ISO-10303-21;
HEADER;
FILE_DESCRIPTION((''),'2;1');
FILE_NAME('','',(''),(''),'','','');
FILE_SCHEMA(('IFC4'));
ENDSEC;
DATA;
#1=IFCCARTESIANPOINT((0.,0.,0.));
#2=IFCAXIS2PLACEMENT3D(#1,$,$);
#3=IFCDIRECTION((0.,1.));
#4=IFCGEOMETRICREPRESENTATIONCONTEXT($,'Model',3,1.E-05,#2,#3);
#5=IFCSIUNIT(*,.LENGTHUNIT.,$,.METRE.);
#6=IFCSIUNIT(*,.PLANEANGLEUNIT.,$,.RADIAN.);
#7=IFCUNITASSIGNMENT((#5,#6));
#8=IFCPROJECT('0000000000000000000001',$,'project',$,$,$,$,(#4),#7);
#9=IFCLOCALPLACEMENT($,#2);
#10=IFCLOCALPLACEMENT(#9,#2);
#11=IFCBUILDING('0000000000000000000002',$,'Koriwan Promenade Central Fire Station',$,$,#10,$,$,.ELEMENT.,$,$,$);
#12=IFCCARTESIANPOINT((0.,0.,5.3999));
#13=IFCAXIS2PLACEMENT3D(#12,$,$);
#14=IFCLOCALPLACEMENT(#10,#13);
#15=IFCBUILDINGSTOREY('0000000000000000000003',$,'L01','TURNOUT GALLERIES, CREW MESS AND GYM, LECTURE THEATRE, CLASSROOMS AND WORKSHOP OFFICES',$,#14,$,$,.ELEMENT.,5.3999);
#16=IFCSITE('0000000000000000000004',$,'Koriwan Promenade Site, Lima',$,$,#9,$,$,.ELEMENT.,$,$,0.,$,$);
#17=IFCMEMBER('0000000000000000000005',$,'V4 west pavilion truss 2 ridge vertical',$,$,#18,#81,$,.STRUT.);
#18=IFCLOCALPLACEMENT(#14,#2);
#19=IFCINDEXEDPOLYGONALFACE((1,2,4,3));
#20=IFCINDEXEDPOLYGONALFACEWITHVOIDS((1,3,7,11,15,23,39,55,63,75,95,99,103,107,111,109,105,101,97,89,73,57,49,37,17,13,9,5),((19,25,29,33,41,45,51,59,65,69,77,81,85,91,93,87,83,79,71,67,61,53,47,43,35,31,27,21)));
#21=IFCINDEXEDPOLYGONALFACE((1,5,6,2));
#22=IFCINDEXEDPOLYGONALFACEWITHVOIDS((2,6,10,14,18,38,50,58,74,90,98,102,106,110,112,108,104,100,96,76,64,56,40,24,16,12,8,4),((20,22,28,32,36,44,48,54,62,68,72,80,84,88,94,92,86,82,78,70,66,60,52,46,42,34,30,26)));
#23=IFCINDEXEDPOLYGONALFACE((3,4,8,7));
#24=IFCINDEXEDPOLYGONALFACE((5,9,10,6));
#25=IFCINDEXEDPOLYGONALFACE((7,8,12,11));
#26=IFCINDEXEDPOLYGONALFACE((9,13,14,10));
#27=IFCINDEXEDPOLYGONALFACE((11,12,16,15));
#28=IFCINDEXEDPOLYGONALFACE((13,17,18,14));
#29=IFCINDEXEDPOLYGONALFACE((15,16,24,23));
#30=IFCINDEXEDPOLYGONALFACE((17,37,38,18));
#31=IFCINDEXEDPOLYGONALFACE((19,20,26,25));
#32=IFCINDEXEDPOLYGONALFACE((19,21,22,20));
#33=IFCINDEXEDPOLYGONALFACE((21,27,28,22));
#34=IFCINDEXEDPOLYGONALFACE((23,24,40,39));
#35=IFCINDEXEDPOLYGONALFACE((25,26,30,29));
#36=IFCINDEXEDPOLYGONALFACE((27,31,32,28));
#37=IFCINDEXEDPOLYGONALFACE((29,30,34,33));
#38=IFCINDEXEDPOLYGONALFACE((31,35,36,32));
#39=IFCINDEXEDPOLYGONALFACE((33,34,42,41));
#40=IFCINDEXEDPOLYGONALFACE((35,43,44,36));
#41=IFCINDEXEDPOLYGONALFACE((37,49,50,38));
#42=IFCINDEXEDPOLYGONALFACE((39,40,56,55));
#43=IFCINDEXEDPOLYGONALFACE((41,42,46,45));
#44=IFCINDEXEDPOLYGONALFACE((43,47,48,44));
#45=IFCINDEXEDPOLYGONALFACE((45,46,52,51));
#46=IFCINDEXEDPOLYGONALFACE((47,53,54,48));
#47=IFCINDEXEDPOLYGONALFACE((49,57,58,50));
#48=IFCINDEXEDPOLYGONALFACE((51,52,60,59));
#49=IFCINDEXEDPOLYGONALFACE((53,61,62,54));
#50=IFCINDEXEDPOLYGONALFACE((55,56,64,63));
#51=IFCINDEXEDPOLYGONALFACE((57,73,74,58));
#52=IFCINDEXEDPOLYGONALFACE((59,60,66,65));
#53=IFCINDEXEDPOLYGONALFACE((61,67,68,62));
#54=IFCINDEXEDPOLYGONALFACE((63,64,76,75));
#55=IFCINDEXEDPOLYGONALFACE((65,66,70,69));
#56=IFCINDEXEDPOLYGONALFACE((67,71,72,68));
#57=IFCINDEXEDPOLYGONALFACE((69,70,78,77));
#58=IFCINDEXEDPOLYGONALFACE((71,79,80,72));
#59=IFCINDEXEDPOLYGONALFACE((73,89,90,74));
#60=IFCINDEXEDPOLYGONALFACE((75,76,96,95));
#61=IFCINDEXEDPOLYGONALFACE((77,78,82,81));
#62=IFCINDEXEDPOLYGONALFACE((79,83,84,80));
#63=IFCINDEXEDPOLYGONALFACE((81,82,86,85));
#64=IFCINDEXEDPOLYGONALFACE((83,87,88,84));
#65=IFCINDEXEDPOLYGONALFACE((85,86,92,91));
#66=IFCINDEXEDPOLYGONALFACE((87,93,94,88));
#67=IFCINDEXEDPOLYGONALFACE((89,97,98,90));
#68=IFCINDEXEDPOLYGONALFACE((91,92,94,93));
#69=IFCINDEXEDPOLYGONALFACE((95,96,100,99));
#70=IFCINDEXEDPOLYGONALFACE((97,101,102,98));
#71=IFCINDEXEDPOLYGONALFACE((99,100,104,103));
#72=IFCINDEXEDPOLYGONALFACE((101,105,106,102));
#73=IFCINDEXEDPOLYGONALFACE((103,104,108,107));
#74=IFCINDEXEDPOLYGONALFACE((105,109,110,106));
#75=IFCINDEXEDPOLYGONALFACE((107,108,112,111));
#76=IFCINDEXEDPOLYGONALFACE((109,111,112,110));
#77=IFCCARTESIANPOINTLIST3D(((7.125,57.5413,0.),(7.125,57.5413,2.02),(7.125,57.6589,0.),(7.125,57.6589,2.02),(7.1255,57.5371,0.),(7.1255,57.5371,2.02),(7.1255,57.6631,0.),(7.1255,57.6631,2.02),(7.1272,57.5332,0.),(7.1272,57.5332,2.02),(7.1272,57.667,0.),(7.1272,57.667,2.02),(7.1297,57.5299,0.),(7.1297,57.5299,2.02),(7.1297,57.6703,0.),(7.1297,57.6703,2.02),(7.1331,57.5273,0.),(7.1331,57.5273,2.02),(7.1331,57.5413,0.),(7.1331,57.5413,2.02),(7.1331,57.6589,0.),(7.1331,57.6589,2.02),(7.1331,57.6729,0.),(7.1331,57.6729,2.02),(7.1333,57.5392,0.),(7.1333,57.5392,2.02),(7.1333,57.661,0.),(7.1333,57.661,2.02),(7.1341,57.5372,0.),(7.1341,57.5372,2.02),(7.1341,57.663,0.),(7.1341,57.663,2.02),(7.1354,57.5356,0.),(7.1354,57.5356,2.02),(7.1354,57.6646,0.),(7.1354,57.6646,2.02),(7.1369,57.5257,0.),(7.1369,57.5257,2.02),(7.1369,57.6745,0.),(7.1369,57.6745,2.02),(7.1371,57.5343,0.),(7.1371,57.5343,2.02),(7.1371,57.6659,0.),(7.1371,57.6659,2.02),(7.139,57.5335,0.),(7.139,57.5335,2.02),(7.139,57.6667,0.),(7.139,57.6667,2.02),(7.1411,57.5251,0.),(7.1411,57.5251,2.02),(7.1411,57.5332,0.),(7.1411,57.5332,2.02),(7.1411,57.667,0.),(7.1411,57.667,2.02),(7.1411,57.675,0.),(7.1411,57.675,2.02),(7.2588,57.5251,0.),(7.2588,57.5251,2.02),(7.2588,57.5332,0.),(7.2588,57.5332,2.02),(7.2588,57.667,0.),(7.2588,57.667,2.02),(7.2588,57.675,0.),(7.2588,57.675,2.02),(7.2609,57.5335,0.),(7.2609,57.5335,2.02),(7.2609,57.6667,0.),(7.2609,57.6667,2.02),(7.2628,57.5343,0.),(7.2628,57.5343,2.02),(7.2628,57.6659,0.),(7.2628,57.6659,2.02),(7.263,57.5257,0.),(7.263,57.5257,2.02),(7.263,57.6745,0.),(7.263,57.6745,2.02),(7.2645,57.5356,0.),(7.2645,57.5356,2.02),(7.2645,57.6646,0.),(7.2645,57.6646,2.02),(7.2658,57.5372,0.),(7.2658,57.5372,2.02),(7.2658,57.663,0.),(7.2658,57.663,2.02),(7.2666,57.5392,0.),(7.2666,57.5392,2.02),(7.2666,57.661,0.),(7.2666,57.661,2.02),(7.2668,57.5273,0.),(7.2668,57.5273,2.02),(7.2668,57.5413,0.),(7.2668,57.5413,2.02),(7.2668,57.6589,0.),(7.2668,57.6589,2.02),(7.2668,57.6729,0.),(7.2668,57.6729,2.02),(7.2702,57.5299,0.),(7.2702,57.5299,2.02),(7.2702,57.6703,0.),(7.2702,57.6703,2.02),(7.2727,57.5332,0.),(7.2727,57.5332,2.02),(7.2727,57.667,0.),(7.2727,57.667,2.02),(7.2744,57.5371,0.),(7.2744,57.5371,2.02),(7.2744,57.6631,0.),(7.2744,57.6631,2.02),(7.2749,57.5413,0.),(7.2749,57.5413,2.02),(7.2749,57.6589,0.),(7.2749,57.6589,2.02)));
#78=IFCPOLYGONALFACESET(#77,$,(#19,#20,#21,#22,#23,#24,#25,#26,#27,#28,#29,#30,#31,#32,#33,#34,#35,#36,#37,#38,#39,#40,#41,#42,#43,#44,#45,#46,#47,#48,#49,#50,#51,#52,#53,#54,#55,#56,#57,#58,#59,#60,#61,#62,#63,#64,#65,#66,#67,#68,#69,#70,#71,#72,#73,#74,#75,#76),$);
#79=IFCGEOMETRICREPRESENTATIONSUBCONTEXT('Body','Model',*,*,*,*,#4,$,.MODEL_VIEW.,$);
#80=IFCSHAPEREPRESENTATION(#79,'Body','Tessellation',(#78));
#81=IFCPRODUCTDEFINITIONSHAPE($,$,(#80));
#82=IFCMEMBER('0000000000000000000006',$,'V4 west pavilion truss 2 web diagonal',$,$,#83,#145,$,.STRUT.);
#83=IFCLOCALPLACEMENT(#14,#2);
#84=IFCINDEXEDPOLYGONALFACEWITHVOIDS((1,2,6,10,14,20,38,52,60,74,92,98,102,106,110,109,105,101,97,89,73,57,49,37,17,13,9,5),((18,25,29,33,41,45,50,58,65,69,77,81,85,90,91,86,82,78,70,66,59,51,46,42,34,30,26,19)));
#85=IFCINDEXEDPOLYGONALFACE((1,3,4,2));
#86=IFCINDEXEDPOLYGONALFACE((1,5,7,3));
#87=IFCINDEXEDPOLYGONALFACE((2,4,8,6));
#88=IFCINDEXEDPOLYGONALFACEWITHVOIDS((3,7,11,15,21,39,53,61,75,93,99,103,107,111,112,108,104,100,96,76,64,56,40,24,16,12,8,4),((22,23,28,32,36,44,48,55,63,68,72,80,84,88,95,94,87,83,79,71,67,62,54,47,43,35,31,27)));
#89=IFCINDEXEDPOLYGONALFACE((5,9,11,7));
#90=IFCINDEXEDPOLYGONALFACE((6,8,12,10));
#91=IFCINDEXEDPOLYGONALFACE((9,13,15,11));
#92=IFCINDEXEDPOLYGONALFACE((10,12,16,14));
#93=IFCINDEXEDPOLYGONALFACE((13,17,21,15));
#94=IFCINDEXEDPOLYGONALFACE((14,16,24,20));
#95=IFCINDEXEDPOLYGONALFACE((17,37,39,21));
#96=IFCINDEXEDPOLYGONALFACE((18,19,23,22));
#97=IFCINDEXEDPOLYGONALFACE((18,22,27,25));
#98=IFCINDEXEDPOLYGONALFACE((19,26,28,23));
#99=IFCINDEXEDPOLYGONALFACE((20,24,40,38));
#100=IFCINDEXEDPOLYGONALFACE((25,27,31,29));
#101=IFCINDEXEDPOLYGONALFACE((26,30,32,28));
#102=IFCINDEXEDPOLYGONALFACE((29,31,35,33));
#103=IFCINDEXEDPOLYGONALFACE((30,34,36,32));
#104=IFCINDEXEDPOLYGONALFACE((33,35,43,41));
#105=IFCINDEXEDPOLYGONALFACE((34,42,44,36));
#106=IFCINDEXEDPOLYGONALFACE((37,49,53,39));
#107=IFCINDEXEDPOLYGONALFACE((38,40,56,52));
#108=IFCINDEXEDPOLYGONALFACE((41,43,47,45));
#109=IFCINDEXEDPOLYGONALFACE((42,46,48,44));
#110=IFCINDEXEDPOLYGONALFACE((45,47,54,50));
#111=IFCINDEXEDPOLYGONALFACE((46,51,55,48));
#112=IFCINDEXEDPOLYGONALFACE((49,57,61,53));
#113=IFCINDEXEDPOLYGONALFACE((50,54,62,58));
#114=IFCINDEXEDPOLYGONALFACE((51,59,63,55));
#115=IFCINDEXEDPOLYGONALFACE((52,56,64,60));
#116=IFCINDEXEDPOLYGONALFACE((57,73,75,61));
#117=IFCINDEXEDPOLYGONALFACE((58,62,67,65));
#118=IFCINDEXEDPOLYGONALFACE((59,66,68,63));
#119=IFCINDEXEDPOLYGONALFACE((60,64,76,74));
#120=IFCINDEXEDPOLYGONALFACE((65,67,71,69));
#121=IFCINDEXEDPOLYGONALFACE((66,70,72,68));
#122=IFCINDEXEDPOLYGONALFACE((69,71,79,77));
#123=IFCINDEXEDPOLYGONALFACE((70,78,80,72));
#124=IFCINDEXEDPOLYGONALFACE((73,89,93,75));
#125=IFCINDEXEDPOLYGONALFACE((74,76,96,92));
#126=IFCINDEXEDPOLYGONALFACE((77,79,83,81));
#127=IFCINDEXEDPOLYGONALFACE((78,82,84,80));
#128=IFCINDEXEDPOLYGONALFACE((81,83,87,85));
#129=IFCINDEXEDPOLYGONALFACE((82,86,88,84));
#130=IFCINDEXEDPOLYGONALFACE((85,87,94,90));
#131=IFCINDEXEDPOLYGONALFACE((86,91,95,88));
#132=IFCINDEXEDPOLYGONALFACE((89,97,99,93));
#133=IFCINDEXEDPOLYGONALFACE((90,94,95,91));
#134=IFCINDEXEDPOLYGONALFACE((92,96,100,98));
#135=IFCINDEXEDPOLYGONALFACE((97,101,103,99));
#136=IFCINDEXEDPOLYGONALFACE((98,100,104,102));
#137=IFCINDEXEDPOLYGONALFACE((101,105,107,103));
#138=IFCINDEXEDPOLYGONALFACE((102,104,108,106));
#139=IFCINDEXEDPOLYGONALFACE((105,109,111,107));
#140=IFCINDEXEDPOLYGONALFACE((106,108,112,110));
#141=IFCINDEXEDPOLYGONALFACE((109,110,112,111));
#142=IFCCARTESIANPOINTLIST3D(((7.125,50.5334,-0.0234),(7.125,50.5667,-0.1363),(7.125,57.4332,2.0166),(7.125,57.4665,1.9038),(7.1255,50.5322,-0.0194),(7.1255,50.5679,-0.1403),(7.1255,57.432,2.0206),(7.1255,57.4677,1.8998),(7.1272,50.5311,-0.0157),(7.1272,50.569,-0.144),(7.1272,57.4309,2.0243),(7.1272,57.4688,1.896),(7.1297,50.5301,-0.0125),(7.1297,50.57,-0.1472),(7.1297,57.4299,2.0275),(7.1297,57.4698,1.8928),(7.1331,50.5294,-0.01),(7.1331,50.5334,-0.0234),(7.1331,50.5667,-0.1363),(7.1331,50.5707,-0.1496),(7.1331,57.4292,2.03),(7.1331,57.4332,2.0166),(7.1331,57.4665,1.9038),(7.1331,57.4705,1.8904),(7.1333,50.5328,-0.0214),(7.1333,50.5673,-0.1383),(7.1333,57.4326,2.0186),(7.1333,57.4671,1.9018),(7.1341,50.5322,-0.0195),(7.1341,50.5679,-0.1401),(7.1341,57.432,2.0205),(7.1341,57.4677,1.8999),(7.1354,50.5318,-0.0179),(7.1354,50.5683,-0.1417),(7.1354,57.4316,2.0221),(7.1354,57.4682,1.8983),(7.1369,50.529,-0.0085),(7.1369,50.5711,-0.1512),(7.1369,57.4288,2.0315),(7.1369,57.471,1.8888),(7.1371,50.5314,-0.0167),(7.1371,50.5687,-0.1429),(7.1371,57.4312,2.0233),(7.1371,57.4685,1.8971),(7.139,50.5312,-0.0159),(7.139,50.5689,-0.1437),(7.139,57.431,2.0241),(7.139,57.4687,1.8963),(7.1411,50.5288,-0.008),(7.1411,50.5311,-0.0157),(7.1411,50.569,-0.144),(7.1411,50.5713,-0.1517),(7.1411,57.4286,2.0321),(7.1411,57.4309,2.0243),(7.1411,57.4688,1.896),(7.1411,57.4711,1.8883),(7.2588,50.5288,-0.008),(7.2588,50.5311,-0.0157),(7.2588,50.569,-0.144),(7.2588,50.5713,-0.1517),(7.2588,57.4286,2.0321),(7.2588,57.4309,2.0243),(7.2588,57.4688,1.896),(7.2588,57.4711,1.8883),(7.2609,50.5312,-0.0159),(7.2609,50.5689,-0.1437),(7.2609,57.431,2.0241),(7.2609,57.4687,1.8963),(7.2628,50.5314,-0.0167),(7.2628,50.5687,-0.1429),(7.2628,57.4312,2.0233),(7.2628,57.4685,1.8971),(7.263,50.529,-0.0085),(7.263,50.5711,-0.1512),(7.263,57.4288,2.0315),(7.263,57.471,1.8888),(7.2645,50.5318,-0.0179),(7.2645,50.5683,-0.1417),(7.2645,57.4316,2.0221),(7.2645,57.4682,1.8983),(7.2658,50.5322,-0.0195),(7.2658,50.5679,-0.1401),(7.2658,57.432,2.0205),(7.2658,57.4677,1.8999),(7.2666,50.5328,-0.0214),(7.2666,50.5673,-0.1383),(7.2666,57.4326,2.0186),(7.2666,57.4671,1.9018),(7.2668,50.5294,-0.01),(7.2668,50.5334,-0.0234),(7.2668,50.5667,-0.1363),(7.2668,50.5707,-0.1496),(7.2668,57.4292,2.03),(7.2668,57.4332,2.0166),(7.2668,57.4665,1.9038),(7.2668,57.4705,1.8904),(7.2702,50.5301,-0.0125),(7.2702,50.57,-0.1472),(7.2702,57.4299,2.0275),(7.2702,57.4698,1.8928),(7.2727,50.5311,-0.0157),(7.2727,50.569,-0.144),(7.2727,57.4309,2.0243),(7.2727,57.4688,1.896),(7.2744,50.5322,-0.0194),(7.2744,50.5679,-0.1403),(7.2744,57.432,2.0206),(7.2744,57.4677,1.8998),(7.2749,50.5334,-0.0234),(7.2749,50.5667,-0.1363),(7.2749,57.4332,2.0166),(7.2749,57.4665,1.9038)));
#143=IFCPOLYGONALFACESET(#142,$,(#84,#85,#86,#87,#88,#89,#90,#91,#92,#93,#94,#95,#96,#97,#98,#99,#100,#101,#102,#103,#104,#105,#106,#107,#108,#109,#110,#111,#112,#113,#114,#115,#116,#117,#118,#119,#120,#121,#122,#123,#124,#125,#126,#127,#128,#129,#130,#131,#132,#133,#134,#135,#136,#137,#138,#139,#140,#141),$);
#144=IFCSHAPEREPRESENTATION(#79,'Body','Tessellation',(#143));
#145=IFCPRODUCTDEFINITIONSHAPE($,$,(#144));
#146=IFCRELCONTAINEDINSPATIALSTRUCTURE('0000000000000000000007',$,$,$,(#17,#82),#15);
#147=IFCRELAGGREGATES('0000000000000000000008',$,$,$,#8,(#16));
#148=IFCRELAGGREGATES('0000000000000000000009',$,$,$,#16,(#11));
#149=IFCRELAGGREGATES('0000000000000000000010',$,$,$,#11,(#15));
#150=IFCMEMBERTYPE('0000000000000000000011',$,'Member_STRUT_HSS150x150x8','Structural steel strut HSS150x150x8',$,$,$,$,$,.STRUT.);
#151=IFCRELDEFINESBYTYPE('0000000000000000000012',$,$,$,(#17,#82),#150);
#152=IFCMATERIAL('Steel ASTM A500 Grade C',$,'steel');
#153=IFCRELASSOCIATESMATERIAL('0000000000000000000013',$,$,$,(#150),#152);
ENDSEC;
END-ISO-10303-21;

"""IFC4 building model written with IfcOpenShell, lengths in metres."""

from ifc_helpers import new_model, si_unit, direction, frame, origin, origin_2d, place, context, subcontext, project, spatial, hollow_rectangle, extrude, material, material_profile, profile_set, type_object, element, save


model = new_model("IFC4")

# Units and contexts
model_context = context("Model", 3, precision=1e-05, world=origin(), true_north=direction((0.0, 1.0)))
body_context = subcontext(model_context, "Body", "Model", "MODEL_VIEW")
ifc_project = project(units=[si_unit("LENGTHUNIT", "METRE"), si_unit("PLANEANGLEUNIT", "RADIAN")], contexts=[model_context])

# Site, building, storey
site_placement = place(None, origin())
site = spatial("IfcSite", under=ifc_project, at=site_placement, Name="Koriwan Promenade Site, Lima", CompositionType="ELEMENT", RefElevation=0.0)
building_placement = place(site_placement, origin())
building = spatial("IfcBuilding", under=site, at=building_placement, Name="Koriwan Promenade Central Fire Station", CompositionType="ELEMENT")
storey_placement = place(building_placement, frame((0.0, 0.0, 5.3999)))
storey = spatial("IfcBuildingStorey", under=building, at=storey_placement, Name="L01", Description="TURNOUT GALLERIES, CREW MESS AND GYM, LECTURE THEATRE, CLASSROOMS AND WORKSHOP OFFICES", CompositionType="ELEMENT", Elevation=5.3999)

# Members
ifc_material_1 = material(Name="Steel ASTM A500 Grade C", Category="steel")
ifc_material_profile_1 = material_profile(ifc_material_1, hollow_rectangle(XDim=0.1499, YDim=0.1499, WallThickness=0.0081, InnerFilletRadius=0.0081, OuterFilletRadius=0.0161, at=origin_2d()), Name="HSS150x150x8")
ifc_profile_set_1 = profile_set([ifc_material_profile_1], Name="Steel ASTM A500 Grade C")
member_type_1 = type_object("IfcMemberType", Name="Member_STRUT_HSS150x150x8", Description="Structural steel strut HSS150x150x8", PredefinedType="STRUT", material=ifc_profile_set_1)
member_1_placement = place(storey_placement, frame((7.2, 57.6001, 0.0), z_axis=(0.0, 0.0, 1.0), x_axis=(1.0, 0.0, 0.0)))
element("IfcMember", 1, at=member_1_placement, inside=storey, type_object=member_type_1, Name="V4 west pavilion truss 2 ridge vertical", PredefinedType="STRUT", context=body_context, shape_type="SweptSolid", body=[
    extrude(hollow_rectangle(XDim=0.1499, YDim=0.1499, WallThickness=0.0081, InnerFilletRadius=0.0081, OuterFilletRadius=0.0161, at=origin_2d()), origin(), (0.0, 0.0, 1.0), 2.02),
])
member_2_placement = place(storey_placement, frame((7.2, 50.55, -0.0798), z_axis=(0.0, 0.958964, 0.283529), x_axis=(-1.0, 0.0, 0.0)))
element("IfcMember", 2, at=member_2_placement, inside=storey, type_object=member_type_1, Name="V4 west pavilion truss 2 web diagonal", PredefinedType="STRUT", context=body_context, shape_type="SweptSolid", body=[
    extrude(hollow_rectangle(XDim=0.1499, YDim=0.1499, WallThickness=0.0081, InnerFilletRadius=0.0081, OuterFilletRadius=0.0161, at=origin_2d()), origin(), (0.0, 0.0, 1.0), 7.1951),
])

save(model, "model.ifc")
